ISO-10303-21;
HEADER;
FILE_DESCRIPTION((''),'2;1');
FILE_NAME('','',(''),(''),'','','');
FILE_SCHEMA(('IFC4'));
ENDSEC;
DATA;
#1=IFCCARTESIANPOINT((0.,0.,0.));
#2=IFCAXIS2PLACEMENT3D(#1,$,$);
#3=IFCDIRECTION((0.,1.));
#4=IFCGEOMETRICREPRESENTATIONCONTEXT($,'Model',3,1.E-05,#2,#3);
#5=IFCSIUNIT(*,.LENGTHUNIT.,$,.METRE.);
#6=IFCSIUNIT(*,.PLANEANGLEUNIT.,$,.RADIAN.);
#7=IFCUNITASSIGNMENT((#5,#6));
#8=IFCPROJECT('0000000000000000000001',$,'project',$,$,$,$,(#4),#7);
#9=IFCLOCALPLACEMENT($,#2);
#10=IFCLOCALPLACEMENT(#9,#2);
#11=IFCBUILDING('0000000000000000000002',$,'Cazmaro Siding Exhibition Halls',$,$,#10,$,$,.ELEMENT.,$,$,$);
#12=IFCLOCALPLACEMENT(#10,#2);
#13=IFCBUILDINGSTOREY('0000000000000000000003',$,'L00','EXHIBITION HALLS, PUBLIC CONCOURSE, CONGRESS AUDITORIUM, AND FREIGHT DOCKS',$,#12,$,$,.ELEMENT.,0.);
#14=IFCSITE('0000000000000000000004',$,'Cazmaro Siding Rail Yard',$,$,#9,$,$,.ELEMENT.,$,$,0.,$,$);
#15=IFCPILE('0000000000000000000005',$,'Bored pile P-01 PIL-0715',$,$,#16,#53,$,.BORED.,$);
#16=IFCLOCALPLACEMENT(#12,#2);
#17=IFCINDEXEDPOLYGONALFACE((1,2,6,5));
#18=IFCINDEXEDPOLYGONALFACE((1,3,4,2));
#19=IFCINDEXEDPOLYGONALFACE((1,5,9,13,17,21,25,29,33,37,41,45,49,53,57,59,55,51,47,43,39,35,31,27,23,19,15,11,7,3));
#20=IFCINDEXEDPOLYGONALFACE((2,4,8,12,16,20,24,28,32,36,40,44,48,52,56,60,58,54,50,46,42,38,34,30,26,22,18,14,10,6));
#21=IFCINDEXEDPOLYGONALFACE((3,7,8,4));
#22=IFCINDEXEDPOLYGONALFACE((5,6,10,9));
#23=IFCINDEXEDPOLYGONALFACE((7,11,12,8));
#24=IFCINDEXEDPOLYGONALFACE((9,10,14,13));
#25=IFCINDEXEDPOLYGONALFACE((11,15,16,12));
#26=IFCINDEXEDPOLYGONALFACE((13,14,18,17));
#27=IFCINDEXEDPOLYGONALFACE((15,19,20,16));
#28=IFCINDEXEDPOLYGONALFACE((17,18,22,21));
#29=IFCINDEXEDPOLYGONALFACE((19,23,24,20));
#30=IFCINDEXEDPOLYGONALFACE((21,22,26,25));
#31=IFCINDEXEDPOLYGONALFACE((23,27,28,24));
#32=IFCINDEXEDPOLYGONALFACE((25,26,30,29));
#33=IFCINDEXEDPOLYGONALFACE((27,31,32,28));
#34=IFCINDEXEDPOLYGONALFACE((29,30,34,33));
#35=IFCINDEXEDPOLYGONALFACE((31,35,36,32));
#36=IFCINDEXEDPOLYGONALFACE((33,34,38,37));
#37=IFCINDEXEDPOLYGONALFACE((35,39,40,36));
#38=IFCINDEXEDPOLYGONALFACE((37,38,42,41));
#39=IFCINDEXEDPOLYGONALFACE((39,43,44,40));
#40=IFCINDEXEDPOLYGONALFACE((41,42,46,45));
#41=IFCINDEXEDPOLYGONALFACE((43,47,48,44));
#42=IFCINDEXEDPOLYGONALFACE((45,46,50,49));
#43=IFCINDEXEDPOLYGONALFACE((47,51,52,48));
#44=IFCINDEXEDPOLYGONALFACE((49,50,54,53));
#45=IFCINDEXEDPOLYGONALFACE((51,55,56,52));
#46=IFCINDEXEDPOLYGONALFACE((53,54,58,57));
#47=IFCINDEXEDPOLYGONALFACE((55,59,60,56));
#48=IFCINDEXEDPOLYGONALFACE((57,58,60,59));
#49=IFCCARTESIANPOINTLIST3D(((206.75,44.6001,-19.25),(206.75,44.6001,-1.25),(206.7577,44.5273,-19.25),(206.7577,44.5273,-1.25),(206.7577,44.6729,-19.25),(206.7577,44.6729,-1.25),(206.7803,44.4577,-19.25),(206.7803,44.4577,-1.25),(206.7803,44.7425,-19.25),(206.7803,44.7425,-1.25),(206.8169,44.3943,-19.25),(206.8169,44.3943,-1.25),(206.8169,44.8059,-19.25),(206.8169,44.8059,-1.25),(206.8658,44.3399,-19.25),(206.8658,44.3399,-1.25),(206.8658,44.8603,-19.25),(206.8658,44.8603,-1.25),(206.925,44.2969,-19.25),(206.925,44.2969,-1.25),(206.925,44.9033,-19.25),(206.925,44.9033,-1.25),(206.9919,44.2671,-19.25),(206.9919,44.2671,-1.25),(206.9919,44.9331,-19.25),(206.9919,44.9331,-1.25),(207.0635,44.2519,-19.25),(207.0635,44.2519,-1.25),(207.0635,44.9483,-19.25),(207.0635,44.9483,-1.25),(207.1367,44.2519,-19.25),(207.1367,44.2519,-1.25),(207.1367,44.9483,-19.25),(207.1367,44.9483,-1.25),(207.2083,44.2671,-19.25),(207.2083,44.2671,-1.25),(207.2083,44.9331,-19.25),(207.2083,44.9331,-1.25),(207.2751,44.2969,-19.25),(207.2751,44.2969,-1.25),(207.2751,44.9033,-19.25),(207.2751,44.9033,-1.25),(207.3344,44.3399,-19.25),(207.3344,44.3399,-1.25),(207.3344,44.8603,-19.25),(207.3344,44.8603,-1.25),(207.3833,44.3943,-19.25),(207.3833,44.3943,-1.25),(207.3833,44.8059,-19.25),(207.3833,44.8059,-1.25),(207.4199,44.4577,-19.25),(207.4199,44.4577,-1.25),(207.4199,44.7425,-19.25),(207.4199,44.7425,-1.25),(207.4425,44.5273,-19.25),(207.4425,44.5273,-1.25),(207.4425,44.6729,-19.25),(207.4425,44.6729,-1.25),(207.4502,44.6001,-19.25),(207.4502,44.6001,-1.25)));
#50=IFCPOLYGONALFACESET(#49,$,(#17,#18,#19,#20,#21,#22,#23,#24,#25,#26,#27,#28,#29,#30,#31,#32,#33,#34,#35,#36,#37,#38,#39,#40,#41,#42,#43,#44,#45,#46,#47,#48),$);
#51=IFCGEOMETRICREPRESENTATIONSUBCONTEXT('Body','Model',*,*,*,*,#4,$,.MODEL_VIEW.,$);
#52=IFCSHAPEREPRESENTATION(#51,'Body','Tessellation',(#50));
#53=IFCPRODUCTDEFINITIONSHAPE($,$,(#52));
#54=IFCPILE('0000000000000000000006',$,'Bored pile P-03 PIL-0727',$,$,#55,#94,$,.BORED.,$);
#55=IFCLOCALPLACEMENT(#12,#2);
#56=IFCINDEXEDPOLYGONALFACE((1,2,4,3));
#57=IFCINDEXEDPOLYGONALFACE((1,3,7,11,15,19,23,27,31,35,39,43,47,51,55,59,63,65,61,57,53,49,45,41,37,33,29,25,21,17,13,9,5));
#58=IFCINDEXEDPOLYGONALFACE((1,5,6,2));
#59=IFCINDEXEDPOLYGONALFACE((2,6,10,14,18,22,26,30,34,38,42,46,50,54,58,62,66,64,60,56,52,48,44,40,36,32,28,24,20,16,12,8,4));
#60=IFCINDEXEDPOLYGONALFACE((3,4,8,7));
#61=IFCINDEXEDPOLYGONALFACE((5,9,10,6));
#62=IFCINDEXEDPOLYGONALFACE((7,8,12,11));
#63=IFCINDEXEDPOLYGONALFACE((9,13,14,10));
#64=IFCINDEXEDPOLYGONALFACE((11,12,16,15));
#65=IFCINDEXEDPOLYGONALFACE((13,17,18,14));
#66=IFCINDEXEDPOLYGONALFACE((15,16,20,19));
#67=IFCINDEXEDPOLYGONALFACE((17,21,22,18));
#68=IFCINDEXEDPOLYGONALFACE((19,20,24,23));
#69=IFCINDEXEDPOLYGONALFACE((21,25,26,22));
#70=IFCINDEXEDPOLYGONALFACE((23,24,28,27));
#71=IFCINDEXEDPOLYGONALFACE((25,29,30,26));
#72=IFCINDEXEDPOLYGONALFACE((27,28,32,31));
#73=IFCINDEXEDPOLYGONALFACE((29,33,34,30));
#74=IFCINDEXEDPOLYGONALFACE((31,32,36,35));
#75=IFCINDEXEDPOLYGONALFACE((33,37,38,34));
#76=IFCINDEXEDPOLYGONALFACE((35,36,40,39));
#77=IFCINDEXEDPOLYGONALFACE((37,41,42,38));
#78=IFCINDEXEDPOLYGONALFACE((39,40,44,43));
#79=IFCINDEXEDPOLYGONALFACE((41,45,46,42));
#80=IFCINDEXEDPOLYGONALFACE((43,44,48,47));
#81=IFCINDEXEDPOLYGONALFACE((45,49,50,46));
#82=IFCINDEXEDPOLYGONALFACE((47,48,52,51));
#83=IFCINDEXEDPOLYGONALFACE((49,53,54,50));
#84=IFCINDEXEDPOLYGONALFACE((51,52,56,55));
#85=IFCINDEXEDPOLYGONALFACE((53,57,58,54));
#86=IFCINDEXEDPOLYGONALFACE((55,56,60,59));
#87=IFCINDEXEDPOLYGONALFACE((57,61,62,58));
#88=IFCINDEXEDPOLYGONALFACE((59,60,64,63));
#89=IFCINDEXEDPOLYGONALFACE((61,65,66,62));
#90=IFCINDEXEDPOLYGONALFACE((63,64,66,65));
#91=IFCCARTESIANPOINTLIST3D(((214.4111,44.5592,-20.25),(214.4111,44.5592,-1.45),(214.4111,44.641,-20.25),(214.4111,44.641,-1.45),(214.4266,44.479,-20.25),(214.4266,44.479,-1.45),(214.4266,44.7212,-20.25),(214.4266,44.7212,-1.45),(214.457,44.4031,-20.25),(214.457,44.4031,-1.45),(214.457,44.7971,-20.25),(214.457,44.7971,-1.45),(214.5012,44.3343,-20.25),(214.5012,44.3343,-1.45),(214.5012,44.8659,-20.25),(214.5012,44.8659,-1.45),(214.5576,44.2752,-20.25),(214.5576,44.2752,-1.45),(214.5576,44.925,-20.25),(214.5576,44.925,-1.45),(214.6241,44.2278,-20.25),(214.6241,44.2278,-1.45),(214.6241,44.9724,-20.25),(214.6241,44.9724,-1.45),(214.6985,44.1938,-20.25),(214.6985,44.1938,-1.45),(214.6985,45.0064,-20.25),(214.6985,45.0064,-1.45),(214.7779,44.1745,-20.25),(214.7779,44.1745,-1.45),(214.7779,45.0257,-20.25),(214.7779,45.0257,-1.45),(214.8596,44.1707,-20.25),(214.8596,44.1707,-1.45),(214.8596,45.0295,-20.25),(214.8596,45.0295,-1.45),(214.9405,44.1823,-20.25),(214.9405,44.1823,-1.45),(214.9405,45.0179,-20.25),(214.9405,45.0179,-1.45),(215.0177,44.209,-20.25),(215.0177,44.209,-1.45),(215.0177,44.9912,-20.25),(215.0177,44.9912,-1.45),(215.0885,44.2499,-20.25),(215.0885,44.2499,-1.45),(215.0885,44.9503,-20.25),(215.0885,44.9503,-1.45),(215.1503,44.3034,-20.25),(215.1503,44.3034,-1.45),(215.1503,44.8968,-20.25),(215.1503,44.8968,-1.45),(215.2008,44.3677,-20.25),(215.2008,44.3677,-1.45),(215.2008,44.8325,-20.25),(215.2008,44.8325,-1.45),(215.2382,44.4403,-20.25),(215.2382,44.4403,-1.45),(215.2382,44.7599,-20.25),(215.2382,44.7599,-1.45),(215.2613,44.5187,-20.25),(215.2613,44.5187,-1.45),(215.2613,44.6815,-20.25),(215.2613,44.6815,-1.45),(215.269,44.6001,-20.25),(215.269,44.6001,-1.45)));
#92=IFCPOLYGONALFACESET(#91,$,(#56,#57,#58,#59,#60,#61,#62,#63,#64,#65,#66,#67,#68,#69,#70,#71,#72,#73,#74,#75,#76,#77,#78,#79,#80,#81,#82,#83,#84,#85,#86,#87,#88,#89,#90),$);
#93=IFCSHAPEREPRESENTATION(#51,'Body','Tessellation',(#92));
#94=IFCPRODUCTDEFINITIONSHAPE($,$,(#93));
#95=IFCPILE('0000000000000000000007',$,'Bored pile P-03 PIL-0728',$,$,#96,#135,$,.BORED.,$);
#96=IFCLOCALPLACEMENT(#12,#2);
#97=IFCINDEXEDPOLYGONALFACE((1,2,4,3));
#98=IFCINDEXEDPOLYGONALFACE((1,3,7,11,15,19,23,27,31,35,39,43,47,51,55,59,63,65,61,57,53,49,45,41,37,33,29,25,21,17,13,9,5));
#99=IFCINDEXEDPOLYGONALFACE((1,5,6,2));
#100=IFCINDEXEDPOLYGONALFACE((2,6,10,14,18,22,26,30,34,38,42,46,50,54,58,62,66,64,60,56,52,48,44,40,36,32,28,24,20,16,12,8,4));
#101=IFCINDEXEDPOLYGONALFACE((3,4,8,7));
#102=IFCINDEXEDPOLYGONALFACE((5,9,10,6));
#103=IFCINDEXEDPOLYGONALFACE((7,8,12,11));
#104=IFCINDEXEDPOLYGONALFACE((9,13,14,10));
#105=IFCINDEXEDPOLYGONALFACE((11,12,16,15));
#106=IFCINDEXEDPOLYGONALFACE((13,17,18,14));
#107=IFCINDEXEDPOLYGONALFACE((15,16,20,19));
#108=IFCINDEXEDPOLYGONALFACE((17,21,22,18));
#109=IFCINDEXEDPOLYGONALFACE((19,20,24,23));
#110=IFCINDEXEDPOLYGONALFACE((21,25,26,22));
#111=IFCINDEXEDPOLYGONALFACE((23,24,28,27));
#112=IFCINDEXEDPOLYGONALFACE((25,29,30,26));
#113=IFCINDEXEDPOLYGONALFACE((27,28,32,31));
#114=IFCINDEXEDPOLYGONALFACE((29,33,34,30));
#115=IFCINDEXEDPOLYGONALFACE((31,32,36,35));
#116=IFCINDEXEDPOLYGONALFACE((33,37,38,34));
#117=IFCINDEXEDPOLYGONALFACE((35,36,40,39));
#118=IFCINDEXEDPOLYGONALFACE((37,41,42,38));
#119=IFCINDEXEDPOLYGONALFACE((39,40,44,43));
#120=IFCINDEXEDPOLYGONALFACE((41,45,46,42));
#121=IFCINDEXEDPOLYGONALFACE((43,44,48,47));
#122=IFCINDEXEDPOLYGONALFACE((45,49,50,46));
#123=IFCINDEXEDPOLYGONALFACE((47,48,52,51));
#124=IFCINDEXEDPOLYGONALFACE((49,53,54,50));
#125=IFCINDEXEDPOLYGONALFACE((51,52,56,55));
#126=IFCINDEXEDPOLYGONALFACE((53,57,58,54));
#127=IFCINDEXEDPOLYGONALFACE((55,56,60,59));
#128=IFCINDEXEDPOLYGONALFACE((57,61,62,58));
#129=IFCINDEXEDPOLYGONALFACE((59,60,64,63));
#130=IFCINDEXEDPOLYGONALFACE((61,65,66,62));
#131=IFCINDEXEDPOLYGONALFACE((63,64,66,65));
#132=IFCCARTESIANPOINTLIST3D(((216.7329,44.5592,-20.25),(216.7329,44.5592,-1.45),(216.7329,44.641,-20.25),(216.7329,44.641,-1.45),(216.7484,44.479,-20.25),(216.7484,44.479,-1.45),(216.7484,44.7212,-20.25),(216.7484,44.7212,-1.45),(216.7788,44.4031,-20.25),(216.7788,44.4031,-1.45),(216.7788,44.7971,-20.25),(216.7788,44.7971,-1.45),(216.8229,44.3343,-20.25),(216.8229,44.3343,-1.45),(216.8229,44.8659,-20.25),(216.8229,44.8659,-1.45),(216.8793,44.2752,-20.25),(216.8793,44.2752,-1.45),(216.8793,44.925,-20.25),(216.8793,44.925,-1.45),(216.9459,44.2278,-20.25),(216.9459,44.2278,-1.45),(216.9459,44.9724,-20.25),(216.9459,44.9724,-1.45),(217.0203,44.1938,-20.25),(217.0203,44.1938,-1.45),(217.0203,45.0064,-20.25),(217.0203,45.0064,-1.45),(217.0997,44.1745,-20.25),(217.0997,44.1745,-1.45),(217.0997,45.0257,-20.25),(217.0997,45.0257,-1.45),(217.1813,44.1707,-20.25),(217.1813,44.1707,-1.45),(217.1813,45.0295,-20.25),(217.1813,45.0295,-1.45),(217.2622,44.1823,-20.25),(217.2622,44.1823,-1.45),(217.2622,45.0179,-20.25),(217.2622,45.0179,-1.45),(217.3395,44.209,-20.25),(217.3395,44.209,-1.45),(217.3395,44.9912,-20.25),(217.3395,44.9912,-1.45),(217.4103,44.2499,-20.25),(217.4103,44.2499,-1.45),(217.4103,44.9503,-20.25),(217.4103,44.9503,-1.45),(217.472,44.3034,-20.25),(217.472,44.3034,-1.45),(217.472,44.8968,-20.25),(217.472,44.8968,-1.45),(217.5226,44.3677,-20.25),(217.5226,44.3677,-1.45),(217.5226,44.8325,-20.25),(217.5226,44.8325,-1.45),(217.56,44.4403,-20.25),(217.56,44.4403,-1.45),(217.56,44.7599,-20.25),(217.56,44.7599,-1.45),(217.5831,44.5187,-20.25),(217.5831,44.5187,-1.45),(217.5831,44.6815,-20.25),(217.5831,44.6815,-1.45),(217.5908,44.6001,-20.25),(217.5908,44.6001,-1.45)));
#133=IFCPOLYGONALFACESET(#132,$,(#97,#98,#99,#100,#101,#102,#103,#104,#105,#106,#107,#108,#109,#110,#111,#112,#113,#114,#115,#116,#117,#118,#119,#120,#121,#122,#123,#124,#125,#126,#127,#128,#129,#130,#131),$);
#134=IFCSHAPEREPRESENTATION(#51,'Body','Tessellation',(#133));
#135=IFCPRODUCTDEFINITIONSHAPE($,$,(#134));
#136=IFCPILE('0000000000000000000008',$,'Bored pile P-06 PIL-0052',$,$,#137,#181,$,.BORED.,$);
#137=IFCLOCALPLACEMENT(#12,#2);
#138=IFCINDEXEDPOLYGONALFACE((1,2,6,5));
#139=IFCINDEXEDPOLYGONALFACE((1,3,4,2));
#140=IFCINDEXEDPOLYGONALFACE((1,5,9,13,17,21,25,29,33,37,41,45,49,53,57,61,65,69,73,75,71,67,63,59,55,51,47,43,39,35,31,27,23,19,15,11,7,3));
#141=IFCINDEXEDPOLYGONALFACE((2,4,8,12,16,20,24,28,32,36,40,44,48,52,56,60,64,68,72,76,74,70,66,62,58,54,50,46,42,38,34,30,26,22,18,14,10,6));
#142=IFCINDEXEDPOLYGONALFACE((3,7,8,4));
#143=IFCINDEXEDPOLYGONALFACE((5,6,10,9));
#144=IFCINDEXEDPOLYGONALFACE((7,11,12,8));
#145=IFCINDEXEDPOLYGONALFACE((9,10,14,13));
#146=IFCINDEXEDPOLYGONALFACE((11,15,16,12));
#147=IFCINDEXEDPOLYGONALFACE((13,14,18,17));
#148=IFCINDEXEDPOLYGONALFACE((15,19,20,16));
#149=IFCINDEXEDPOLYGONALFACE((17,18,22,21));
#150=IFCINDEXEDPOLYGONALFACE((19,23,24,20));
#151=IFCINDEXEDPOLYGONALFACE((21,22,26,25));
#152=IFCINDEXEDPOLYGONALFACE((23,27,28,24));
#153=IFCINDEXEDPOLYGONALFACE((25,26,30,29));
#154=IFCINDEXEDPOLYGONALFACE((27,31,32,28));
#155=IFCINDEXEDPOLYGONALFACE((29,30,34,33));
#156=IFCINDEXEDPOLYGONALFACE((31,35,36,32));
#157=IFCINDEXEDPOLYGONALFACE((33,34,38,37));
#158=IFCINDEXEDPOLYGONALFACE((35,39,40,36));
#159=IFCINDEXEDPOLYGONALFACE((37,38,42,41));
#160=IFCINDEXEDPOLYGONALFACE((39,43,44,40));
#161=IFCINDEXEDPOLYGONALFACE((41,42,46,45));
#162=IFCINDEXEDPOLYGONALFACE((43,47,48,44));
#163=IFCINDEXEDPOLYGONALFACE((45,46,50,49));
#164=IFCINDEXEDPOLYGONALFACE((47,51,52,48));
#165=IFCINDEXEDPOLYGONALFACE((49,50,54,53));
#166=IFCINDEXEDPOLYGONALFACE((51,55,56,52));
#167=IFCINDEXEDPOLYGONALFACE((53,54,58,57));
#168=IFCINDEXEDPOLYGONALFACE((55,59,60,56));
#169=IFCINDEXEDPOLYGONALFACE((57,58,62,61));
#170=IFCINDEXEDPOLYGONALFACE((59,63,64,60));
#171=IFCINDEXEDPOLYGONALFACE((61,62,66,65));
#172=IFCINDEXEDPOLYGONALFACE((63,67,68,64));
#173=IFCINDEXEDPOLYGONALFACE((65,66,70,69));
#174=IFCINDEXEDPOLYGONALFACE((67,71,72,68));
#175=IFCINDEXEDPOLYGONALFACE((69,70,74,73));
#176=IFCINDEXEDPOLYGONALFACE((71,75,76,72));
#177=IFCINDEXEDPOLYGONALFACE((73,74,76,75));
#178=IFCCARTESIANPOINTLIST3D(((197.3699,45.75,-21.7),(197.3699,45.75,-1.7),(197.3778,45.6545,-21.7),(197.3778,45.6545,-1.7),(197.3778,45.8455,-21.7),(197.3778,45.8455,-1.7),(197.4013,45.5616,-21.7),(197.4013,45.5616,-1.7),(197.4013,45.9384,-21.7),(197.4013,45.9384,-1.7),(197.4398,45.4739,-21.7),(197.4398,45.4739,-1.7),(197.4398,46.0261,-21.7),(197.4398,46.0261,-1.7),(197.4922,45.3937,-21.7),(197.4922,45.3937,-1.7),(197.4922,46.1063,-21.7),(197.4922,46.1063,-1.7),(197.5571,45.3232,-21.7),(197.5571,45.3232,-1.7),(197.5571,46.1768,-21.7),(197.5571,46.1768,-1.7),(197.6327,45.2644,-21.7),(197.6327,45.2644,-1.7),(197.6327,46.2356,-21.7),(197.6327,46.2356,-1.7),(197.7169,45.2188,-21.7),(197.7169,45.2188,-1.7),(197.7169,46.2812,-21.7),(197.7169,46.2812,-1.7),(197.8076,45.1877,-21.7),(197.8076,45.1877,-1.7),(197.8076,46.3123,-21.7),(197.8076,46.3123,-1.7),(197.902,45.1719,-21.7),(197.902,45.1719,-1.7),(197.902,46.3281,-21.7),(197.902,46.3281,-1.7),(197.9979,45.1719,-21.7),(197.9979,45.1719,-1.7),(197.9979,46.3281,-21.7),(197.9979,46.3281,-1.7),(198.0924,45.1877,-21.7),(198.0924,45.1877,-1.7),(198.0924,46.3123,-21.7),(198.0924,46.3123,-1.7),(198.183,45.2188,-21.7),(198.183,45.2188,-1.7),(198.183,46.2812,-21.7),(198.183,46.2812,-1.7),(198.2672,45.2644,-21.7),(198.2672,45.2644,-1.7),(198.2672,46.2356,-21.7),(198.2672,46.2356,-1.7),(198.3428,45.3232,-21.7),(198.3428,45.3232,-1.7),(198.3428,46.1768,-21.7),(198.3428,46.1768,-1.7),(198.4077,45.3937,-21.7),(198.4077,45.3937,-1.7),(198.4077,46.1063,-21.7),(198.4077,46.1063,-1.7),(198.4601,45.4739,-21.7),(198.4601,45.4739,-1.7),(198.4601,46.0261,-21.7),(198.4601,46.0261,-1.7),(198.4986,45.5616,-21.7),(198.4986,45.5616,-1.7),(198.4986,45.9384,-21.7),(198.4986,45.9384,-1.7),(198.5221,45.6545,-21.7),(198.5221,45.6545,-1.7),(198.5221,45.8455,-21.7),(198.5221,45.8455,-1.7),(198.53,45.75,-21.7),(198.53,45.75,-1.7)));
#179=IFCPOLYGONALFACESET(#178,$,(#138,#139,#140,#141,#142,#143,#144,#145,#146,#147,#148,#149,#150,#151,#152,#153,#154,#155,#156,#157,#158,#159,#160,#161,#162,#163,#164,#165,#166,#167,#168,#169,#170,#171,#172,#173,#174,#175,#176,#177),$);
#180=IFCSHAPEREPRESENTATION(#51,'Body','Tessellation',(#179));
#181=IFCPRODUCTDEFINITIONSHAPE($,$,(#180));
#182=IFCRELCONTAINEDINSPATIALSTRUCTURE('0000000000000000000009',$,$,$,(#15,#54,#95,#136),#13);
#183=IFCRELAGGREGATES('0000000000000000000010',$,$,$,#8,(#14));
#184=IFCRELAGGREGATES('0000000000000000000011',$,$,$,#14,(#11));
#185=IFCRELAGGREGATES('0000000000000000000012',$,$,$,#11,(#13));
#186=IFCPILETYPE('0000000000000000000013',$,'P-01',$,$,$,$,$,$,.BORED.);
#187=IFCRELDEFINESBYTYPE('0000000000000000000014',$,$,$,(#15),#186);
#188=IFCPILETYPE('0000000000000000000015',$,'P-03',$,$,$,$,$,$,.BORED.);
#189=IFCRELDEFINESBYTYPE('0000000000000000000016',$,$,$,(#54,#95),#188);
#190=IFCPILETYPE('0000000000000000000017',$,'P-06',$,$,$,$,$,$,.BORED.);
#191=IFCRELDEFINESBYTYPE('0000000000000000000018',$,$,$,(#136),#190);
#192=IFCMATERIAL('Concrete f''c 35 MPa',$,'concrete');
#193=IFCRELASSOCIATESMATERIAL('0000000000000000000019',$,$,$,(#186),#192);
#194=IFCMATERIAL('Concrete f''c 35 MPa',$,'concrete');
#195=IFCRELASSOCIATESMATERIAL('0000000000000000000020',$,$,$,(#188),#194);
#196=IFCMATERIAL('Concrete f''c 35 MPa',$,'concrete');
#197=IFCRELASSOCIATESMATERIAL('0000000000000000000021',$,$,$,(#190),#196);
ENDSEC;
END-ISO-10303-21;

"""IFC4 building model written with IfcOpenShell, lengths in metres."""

from ifc_helpers import new_model, si_unit, direction, frame, origin, origin_2d, place, context, subcontext, project, spatial, circle, extrude, material, material_profile, profile_set, type_object, element, save


model = new_model("IFC4")

# Units and contexts
model_context = context("Model", 3, precision=1e-05, world=origin(), true_north=direction((0.0, 1.0)))
body_context = subcontext(model_context, "Body", "Model", "MODEL_VIEW")
ifc_project = project(units=[si_unit("LENGTHUNIT", "METRE"), si_unit("PLANEANGLEUNIT", "RADIAN")], contexts=[model_context])

# Site, building, storey
site_placement = place(None, origin())
site = spatial("IfcSite", under=ifc_project, at=site_placement, Name="Cazmaro Siding Rail Yard", CompositionType="ELEMENT", RefElevation=0.0)
building_placement = place(site_placement, origin())
building = spatial("IfcBuilding", under=site, at=building_placement, Name="Cazmaro Siding Exhibition Halls", CompositionType="ELEMENT")
storey_placement = place(building_placement, origin())
storey = spatial("IfcBuildingStorey", under=building, at=storey_placement, Name="L00", Description="EXHIBITION HALLS, PUBLIC CONCOURSE, CONGRESS AUDITORIUM, AND FREIGHT DOCKS", CompositionType="ELEMENT", Elevation=0.0)

# Piles
ifc_material_1 = material(Name="Concrete f'c 35 MPa", Category="concrete")
ifc_material_profile_1 = material_profile(ifc_material_1, circle(Radius=0.3501, at=origin_2d()), Name="CIDH-700")
ifc_profile_set_1 = profile_set([ifc_material_profile_1], Name="Concrete f'c 35 MPa")
pile_type_1 = type_object("IfcPileType", Name="P-01", PredefinedType="BORED", material=ifc_profile_set_1)
pile_placement = place(storey_placement, frame((207.1001, 44.6001, -1.25), z_axis=(0.0, 0.0, -1.0), x_axis=(1.0, 0.0, 0.0)))
element("IfcPile", 1, at=pile_placement, inside=storey, type_object=pile_type_1, Name="Bored pile P-01 PIL-0715", PredefinedType="BORED", context=body_context, shape_type="SweptSolid", body=[
    extrude(circle(Radius=0.3501, at=origin_2d()), origin(), (0.0, 0.0, 1.0), 18.0),
])
ifc_material_2 = material(Name="Concrete f'c 35 MPa", Category="concrete")
ifc_material_profile_2 = material_profile(ifc_material_2, circle(Radius=0.4299, at=origin_2d()), Name="CIDH-860")
ifc_profile_set_2 = profile_set([ifc_material_profile_2], Name="Concrete f'c 35 MPa")
pile_type_2 = type_object("IfcPileType", Name="P-03", PredefinedType="BORED", material=ifc_profile_set_2)
for number, where, z_axis, x_axis, name in (
    (2, (214.8391, 44.6001, -1.45), (0.0, 0.0, -1.0), (1.0, 0.0, 0.0), "Bored pile P-03 PIL-0727"),
    (3, (217.1609, 44.6001, -1.45), (0.0, 0.0, -1.0), (1.0, 0.0, 0.0), "Bored pile P-03 PIL-0728"),
):
    element("IfcPile", number, at=place(storey_placement, frame(where, z_axis=z_axis, x_axis=x_axis)), inside=storey, type_object=pile_type_2, Name=name, PredefinedType="BORED", context=body_context, shape_type="SweptSolid", body=[
        extrude(circle(Radius=0.4299, at=origin_2d()), origin(), (0.0, 0.0, 1.0), 18.8),
    ])
ifc_material_3 = material(Name="Concrete f'c 35 MPa", Category="concrete")
ifc_material_profile_3 = material_profile(ifc_material_3, circle(Radius=0.5801, at=origin_2d()), Name="CIDH-1160")
ifc_profile_set_3 = profile_set([ifc_material_profile_3], Name="Concrete f'c 35 MPa")
pile_type_3 = type_object("IfcPileType", Name="P-06", PredefinedType="BORED", material=ifc_profile_set_3)
for number, where, z_axis, x_axis, name in (
    (4, (197.95, 45.75, -1.7), (0.0, 0.0, -1.0), (1.0, 0.0, 0.0), "Bored pile P-06 PIL-0052"),
):
    element("IfcPile", number, at=place(storey_placement, frame(where, z_axis=z_axis, x_axis=x_axis)), inside=storey, type_object=pile_type_3, Name=name, PredefinedType="BORED", context=body_context, shape_type="SweptSolid", body=[
        extrude(circle(Radius=0.5801, at=origin_2d()), origin(), (0.0, 0.0, 1.0), 20.0),
    ])

save(model, "model.ifc")
